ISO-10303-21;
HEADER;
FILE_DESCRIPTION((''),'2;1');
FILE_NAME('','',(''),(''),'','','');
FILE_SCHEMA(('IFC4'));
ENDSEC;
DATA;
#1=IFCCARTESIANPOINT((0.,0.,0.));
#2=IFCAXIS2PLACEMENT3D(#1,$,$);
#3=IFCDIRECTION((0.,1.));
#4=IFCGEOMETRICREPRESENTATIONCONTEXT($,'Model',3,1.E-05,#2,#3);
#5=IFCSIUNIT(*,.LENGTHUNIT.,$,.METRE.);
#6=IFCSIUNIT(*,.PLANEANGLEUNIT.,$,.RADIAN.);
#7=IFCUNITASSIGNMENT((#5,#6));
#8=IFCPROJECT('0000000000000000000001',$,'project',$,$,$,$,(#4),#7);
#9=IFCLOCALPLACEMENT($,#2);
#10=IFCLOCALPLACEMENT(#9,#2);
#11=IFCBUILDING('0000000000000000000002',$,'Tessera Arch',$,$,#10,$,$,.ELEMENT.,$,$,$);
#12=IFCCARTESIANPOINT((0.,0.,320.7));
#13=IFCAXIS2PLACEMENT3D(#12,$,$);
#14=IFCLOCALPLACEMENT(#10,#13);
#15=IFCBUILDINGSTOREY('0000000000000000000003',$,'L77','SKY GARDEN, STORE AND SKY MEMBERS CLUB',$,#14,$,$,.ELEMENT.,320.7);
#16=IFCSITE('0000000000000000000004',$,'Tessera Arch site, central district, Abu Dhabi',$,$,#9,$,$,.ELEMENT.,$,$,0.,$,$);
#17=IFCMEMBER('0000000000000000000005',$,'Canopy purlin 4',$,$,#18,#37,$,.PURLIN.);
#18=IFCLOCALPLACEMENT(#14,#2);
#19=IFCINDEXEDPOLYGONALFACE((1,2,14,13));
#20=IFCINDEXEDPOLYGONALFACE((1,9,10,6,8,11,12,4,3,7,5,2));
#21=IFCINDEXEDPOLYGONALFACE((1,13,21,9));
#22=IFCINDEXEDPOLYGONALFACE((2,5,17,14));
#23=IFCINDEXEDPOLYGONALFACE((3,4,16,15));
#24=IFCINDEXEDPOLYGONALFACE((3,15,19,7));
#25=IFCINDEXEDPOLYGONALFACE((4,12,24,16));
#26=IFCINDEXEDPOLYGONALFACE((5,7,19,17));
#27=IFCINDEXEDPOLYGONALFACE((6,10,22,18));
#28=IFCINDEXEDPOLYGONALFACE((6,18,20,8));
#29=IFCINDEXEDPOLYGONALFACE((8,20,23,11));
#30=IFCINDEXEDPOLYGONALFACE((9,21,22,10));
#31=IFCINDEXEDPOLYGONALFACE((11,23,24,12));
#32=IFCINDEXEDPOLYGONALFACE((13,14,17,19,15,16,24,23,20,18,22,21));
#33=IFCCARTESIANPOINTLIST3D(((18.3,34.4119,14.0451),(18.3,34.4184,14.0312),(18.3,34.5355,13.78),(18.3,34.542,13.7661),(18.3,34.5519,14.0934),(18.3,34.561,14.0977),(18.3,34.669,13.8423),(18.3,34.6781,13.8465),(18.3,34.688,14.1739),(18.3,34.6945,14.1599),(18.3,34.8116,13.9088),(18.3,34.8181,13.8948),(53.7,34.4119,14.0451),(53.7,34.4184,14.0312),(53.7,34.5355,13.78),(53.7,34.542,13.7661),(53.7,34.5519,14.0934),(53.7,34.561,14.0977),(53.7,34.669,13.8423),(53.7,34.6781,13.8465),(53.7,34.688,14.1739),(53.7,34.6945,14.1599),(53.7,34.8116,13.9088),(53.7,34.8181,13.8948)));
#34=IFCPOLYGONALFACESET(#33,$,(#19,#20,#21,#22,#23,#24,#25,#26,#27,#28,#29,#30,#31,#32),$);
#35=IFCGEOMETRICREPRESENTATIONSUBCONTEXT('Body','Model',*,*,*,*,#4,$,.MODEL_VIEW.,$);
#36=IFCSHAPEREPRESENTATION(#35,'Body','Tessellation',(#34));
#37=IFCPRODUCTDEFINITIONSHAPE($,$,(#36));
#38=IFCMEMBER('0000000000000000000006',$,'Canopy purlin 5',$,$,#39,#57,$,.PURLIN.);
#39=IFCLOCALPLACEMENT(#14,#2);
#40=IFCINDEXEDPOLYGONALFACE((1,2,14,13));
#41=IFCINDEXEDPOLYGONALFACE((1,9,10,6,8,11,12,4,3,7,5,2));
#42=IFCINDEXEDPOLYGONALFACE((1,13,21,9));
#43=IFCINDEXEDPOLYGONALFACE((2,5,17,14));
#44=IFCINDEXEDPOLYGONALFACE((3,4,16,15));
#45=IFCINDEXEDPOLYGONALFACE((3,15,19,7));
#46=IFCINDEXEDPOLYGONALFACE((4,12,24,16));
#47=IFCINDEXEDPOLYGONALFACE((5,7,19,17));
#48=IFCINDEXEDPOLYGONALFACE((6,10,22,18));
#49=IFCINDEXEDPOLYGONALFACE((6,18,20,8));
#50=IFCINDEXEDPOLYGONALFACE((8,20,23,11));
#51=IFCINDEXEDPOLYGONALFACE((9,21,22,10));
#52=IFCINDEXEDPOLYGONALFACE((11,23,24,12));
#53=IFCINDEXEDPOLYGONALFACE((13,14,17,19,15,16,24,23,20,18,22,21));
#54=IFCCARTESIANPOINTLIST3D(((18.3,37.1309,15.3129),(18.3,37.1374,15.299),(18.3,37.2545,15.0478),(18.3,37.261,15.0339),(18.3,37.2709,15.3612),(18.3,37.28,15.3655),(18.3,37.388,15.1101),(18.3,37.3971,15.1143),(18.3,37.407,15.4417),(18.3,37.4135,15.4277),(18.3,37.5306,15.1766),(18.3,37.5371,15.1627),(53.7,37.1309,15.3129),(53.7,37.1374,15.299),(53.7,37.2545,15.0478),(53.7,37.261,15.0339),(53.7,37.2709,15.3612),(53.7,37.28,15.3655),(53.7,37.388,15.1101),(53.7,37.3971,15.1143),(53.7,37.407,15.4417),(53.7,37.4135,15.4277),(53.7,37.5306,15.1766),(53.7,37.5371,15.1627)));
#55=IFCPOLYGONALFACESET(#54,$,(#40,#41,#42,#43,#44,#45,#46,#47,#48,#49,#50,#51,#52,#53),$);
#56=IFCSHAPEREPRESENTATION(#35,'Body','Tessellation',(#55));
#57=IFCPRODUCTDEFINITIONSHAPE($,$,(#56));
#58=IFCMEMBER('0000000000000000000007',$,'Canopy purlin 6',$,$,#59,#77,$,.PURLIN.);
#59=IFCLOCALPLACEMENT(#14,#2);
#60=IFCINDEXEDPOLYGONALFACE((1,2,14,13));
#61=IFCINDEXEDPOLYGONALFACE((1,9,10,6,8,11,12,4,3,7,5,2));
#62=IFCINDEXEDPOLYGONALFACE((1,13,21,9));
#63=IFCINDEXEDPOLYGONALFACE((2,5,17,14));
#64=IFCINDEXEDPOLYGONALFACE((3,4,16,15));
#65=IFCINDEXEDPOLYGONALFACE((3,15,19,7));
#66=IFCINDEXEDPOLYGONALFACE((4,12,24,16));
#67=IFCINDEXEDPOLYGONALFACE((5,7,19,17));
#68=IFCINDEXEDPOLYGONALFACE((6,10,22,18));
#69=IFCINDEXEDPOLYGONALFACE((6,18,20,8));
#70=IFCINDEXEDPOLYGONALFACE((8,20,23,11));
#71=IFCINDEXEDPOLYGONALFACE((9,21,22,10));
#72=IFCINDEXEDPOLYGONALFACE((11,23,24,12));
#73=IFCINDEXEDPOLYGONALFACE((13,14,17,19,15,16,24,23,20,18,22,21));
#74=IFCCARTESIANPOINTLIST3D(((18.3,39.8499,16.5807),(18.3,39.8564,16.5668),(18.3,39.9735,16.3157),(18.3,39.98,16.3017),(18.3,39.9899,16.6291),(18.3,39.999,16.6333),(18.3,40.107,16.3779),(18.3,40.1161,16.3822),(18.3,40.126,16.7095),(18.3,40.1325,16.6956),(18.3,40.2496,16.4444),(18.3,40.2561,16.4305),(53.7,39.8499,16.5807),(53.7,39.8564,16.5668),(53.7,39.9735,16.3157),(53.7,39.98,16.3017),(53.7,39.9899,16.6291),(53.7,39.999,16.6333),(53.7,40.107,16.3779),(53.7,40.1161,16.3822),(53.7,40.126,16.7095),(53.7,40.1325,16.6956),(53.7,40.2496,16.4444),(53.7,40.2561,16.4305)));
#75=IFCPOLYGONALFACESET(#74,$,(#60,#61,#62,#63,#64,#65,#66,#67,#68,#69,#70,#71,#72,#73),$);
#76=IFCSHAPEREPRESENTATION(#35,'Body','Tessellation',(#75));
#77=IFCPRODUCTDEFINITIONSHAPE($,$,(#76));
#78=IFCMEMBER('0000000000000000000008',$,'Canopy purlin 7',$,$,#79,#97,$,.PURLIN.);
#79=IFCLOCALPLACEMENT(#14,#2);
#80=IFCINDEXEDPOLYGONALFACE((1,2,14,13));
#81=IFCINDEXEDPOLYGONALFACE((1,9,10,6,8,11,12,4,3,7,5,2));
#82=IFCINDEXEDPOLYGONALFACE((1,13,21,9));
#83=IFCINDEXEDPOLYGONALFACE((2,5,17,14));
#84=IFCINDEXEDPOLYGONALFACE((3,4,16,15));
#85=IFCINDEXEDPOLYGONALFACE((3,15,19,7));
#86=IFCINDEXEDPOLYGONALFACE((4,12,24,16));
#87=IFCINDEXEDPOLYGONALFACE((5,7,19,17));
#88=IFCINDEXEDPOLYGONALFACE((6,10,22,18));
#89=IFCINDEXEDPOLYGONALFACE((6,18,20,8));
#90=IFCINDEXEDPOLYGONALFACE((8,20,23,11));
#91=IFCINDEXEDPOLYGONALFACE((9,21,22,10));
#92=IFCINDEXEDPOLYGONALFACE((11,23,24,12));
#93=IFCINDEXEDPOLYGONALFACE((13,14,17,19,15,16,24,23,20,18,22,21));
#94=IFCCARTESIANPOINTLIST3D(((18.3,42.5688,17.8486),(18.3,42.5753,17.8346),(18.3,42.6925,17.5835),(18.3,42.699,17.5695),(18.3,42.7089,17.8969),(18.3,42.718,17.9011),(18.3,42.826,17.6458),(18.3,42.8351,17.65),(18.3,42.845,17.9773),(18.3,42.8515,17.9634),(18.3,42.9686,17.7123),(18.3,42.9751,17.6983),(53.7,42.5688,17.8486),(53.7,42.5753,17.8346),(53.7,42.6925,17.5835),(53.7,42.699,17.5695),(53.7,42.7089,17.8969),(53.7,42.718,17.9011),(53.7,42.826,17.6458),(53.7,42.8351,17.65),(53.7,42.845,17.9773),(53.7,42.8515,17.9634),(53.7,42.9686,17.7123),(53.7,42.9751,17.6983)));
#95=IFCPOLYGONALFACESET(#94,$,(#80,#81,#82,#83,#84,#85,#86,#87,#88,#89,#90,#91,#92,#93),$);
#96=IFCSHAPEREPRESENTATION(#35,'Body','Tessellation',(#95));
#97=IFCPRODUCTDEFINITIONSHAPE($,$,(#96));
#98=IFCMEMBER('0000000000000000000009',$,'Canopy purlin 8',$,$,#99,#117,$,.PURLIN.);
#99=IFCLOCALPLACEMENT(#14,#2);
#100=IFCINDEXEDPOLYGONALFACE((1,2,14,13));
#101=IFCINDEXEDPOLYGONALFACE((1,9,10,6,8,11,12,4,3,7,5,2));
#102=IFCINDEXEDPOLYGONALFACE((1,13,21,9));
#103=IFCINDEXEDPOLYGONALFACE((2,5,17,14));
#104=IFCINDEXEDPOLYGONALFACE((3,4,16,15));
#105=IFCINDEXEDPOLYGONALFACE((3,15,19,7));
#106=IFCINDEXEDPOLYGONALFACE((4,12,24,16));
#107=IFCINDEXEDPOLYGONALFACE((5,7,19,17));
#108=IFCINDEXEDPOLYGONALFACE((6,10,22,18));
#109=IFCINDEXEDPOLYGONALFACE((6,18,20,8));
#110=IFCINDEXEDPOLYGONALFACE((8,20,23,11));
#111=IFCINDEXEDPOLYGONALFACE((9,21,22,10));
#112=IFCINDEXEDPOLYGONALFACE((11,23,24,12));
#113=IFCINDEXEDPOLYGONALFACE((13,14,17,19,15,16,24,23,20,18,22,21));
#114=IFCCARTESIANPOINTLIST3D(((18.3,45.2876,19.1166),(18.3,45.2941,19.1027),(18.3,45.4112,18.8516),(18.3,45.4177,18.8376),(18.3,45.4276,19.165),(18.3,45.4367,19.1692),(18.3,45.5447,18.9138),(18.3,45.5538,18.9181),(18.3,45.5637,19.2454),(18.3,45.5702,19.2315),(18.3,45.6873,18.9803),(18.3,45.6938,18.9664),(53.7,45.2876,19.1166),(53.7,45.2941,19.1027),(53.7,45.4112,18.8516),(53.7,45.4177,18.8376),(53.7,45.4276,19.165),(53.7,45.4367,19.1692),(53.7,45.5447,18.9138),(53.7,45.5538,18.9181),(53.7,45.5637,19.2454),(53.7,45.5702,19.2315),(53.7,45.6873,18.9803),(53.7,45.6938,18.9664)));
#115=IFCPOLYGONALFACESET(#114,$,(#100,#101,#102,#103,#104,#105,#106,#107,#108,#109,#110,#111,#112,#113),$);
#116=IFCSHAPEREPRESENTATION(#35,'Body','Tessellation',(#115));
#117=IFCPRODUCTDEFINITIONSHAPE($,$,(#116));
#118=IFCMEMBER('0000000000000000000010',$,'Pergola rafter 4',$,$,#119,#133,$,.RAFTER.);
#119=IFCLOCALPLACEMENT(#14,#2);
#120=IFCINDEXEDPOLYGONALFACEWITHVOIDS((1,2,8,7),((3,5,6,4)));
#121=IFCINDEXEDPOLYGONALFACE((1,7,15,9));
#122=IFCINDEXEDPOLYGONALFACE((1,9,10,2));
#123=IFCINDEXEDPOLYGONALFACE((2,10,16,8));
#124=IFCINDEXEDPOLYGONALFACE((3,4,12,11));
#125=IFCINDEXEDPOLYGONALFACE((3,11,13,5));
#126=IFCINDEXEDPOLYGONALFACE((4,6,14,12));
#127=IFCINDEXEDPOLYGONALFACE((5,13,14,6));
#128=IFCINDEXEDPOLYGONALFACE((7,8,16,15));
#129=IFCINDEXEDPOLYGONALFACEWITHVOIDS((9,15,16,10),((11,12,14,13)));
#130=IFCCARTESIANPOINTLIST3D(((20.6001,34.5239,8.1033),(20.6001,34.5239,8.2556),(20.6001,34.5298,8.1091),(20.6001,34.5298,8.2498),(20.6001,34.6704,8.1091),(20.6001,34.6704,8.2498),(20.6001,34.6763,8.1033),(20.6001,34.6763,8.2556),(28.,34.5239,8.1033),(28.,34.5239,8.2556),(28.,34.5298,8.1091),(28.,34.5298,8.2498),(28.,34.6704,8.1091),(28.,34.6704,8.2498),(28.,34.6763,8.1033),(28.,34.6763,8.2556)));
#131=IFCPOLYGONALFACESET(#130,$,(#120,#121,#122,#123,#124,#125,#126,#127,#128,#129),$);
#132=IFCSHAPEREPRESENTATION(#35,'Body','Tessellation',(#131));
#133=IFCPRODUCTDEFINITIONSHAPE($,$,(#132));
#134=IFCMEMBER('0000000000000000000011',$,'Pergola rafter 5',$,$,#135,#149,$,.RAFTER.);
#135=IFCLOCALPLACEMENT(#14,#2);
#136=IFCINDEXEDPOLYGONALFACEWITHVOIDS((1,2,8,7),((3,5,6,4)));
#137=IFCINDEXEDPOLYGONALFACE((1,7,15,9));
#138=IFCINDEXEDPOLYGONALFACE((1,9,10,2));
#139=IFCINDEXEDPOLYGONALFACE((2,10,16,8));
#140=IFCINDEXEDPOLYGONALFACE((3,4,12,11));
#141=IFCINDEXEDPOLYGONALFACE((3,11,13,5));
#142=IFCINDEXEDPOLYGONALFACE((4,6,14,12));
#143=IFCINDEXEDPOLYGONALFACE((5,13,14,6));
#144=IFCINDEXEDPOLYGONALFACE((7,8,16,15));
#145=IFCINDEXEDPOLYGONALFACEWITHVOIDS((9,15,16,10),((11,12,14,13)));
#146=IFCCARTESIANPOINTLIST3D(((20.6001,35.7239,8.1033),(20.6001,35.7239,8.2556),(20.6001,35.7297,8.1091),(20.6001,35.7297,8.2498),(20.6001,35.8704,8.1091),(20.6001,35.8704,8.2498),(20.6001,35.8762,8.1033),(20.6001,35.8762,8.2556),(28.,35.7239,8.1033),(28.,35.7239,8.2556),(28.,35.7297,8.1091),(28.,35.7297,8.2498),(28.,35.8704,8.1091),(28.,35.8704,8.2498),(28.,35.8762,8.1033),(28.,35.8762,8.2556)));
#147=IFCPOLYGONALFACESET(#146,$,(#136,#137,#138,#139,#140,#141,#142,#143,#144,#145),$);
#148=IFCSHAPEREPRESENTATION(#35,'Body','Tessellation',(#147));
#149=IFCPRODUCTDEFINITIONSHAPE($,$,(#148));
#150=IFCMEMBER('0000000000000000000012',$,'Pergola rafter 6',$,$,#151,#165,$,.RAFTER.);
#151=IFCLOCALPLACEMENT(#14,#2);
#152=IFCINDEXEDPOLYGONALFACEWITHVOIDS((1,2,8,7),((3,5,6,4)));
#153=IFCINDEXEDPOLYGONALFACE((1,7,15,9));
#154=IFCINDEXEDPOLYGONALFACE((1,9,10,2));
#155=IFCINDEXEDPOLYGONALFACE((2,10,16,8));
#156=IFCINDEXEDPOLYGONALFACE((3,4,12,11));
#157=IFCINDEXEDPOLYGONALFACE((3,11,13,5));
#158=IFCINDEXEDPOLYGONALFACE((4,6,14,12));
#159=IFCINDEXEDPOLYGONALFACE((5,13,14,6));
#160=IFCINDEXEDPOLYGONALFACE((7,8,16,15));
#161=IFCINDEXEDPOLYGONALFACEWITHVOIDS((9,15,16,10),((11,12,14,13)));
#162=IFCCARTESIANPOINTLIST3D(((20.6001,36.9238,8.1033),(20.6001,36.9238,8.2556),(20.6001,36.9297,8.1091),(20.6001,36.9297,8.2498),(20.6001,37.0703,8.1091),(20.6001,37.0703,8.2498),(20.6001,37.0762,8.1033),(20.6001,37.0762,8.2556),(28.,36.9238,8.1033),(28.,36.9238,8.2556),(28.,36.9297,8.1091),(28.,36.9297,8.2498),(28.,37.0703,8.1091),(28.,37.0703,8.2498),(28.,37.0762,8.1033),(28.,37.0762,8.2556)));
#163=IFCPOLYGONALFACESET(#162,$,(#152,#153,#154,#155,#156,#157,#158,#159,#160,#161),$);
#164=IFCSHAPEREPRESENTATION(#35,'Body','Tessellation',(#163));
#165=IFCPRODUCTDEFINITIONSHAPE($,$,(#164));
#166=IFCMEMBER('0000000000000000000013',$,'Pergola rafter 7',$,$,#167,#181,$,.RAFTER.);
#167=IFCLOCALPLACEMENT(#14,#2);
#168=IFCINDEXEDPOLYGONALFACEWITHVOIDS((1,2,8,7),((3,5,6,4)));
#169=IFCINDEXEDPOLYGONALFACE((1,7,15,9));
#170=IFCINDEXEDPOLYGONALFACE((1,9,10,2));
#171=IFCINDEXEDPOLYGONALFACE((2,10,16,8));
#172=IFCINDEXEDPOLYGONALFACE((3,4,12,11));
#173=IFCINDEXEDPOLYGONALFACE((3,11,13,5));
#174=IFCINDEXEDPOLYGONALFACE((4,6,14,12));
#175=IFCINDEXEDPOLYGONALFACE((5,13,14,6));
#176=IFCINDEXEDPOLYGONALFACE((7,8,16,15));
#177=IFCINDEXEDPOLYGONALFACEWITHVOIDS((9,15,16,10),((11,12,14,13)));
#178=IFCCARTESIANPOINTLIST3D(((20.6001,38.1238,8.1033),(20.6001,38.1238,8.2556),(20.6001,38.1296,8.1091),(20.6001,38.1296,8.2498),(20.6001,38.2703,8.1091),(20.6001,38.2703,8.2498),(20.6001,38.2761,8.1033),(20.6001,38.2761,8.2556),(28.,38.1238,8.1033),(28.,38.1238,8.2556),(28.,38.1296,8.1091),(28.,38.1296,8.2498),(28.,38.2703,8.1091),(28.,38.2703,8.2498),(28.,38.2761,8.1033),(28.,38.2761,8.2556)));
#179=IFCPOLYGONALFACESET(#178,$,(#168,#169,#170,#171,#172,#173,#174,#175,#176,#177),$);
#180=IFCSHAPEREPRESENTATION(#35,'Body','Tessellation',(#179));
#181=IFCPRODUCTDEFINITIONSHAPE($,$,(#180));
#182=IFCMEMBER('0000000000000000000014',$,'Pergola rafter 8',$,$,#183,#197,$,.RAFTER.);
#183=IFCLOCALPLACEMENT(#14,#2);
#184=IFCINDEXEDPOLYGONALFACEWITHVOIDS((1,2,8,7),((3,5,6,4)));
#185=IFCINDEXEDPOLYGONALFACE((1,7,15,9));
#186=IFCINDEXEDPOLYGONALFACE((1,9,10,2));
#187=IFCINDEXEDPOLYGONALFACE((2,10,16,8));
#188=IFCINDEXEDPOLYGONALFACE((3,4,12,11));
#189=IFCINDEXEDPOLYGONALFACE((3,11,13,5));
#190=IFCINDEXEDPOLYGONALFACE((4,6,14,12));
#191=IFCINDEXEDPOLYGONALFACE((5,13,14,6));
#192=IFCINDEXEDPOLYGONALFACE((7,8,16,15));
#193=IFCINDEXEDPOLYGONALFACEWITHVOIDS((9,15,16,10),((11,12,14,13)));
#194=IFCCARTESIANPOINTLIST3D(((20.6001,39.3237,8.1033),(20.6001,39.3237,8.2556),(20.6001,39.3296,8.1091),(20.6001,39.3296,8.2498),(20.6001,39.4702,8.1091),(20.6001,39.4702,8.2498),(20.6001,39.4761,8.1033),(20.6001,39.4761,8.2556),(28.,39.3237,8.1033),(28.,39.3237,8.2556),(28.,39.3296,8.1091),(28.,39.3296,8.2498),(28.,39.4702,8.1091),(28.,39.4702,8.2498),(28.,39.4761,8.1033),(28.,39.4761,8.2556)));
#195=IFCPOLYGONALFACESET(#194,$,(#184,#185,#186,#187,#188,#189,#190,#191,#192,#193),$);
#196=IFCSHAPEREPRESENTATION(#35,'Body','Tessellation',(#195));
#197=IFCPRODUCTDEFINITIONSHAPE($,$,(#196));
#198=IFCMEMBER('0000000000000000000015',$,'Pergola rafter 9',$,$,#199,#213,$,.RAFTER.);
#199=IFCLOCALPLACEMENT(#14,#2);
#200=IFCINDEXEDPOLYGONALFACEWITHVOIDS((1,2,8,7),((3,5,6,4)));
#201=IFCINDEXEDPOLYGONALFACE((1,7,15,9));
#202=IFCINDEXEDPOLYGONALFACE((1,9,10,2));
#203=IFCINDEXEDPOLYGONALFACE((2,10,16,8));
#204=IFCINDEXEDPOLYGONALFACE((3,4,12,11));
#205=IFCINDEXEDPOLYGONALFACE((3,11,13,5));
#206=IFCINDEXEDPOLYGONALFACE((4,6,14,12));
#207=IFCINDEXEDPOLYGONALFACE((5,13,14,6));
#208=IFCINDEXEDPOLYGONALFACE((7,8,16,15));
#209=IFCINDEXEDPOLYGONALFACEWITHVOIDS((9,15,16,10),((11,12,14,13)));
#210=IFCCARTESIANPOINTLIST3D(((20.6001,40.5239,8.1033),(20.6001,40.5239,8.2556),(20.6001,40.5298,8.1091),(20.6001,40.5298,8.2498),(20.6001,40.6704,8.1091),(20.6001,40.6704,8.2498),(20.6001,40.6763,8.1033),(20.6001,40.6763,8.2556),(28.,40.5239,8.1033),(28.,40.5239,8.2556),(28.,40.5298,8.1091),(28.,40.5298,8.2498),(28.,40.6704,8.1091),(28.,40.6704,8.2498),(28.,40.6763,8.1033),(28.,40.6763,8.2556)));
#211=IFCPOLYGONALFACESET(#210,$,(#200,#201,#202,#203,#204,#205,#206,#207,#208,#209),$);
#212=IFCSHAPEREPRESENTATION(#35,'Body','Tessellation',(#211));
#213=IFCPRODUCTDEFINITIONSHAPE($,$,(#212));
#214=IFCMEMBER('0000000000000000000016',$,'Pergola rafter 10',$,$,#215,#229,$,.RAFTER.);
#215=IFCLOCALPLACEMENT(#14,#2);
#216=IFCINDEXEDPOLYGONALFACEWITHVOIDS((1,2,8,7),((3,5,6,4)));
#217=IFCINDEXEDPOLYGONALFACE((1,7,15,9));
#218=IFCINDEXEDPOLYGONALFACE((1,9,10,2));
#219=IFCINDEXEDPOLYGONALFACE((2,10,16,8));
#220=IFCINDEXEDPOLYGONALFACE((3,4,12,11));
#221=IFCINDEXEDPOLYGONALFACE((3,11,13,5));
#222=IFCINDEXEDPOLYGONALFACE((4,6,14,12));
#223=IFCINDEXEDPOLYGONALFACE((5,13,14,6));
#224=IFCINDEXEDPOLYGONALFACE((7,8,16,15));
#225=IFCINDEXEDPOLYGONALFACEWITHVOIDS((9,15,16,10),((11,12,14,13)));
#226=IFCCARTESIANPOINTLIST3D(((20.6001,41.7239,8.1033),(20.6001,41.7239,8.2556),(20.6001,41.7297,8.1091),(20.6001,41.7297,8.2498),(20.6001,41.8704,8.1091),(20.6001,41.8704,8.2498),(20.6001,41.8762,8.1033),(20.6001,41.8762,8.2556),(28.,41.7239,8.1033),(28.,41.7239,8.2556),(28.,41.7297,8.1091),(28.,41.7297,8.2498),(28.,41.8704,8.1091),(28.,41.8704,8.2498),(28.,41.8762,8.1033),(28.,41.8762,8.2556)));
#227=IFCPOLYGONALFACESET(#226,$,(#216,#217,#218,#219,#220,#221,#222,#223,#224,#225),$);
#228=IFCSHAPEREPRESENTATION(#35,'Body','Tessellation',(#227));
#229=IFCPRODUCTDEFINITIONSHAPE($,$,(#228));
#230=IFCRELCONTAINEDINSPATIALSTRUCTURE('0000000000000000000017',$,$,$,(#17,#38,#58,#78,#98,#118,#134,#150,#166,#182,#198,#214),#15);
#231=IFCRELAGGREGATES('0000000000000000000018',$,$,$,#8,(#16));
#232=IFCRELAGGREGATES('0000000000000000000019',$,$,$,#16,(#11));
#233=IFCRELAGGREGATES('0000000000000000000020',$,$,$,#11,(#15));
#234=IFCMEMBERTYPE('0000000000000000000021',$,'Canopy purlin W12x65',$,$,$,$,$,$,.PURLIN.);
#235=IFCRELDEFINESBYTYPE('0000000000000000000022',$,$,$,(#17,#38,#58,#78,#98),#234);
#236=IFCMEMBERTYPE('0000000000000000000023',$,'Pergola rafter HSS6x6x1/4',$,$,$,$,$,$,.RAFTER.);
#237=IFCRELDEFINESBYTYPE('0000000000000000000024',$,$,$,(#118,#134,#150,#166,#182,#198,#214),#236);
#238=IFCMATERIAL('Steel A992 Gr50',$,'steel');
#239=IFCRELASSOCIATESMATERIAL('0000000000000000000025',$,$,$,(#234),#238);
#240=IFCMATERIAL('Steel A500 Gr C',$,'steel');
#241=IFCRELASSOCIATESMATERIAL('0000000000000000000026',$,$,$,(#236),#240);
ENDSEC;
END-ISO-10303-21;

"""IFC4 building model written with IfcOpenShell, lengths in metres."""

from ifc_helpers import new_model, si_unit, direction, frame, origin, origin_2d, place, context, subcontext, project, spatial, hollow_rectangle, i_section, extrude, material, material_profile, profile_set, type_object, element, save


model = new_model("IFC4")

# Units and contexts
model_context = context("Model", 3, precision=1e-05, world=origin(), true_north=direction((0.0, 1.0)))
body_context = subcontext(model_context, "Body", "Model", "MODEL_VIEW")
ifc_project = project(units=[si_unit("LENGTHUNIT", "METRE"), si_unit("PLANEANGLEUNIT", "RADIAN")], contexts=[model_context])

# Site, building, storey
site_placement = place(None, origin())
site = spatial("IfcSite", under=ifc_project, at=site_placement, Name="Tessera Arch site, central district, Abu Dhabi", CompositionType="ELEMENT", RefElevation=0.0)
building_placement = place(site_placement, origin())
building = spatial("IfcBuilding", under=site, at=building_placement, Name="Tessera Arch", CompositionType="ELEMENT")
storey_placement = place(building_placement, frame((0.0, 0.0, 320.7)))
storey = spatial("IfcBuildingStorey", under=building, at=storey_placement, Name="L77", Description="SKY GARDEN, STORE AND SKY MEMBERS CLUB", CompositionType="ELEMENT", Elevation=320.7)

# Members
ifc_material_1 = material(Name="Steel A992 Gr50", Category="steel")
ifc_material_profile_1 = material_profile(ifc_material_1, i_section(OverallWidth=0.3047, OverallDepth=0.3079, WebThickness=0.01, FlangeThickness=0.0154, at=origin_2d()), Name="W12x65")
ifc_profile_set_1 = profile_set([ifc_material_profile_1], Name="Steel A992 Gr50")
member_type_1 = type_object("IfcMemberType", Name="Canopy purlin W12x65", PredefinedType="PURLIN", material=ifc_profile_set_1)
for number, where, z_axis, x_axis, name in (
    (1, (18.3, 34.615, 13.97), (1.0, 0.0, 0.0), (0.0, 0.906308, 0.422618), "Canopy purlin 4"),
    (2, (18.3, 37.334, 15.2378), (1.0, 0.0, 0.0), (0.0, 0.906308, 0.422618), "Canopy purlin 5"),
    (3, (18.3, 40.053, 16.5056), (1.0, 0.0, 0.0), (0.0, 0.906308, 0.422618), "Canopy purlin 6"),
    (4, (18.3, 42.772, 17.7734), (1.0, 0.0, 0.0), (0.0, 0.906308, 0.422618), "Canopy purlin 7"),
    (5, (18.3, 45.4907, 19.0415), (1.0, 0.0, 0.0), (0.0, 0.906308, 0.422618), "Canopy purlin 8"),
):
    element("IfcMember", number, at=place(storey_placement, frame(where, z_axis=z_axis, x_axis=x_axis)), inside=storey, type_object=member_type_1, Name=name, PredefinedType="PURLIN", context=body_context, shape_type="SweptSolid", body=[
        extrude(i_section(OverallWidth=0.3047, OverallDepth=0.3079, WebThickness=0.01, FlangeThickness=0.0154, at=origin_2d()), origin(), (0.0, 0.0, 1.0), 35.3999),
    ])
ifc_material_2 = material(Name="Steel A500 Gr C", Category="steel")
ifc_material_profile_2 = material_profile(ifc_material_2, hollow_rectangle(XDim=0.1523, YDim=0.1523, WallThickness=0.0059, at=origin_2d()), Name="HSS6x6x1/4")
ifc_profile_set_2 = profile_set([ifc_material_profile_2], Name="Steel A500 Gr C")
member_type_2 = type_object("IfcMemberType", Name="Pergola rafter HSS6x6x1/4", PredefinedType="RAFTER", material=ifc_profile_set_2)
for number, where, z_axis, x_axis, name in (
    (6, (20.6001, 34.6001, 8.1794), (1.0, 0.0, 0.0), (0.0, 1.0, 0.0), "Pergola rafter 4"),
    (7, (20.6001, 35.8, 8.1794), (1.0, 0.0, 0.0), (0.0, 1.0, 0.0), "Pergola rafter 5"),
    (8, (20.6001, 37.0, 8.1794), (1.0, 0.0, 0.0), (0.0, 1.0, 0.0), "Pergola rafter 6"),
    (9, (20.6001, 38.2, 8.1794), (1.0, 0.0, 0.0), (0.0, 1.0, 0.0), "Pergola rafter 7"),
    (10, (20.6001, 39.3999, 8.1794), (1.0, 0.0, 0.0), (0.0, 1.0, 0.0), "Pergola rafter 8"),
    (11, (20.6001, 40.6001, 8.1794), (1.0, 0.0, 0.0), (0.0, 1.0, 0.0), "Pergola rafter 9"),
    (12, (20.6001, 41.8, 8.1794), (1.0, 0.0, 0.0), (0.0, 1.0, 0.0), "Pergola rafter 10"),
):
    element("IfcMember", number, at=place(storey_placement, frame(where, z_axis=z_axis, x_axis=x_axis)), inside=storey, type_object=member_type_2, Name=name, PredefinedType="RAFTER", context=body_context, shape_type="SweptSolid", body=[
        extrude(hollow_rectangle(XDim=0.1523, YDim=0.1523, WallThickness=0.0059, at=origin_2d()), origin(), (0.0, 0.0, 1.0), 7.3999),
    ])

save(model, "model.ifc")
